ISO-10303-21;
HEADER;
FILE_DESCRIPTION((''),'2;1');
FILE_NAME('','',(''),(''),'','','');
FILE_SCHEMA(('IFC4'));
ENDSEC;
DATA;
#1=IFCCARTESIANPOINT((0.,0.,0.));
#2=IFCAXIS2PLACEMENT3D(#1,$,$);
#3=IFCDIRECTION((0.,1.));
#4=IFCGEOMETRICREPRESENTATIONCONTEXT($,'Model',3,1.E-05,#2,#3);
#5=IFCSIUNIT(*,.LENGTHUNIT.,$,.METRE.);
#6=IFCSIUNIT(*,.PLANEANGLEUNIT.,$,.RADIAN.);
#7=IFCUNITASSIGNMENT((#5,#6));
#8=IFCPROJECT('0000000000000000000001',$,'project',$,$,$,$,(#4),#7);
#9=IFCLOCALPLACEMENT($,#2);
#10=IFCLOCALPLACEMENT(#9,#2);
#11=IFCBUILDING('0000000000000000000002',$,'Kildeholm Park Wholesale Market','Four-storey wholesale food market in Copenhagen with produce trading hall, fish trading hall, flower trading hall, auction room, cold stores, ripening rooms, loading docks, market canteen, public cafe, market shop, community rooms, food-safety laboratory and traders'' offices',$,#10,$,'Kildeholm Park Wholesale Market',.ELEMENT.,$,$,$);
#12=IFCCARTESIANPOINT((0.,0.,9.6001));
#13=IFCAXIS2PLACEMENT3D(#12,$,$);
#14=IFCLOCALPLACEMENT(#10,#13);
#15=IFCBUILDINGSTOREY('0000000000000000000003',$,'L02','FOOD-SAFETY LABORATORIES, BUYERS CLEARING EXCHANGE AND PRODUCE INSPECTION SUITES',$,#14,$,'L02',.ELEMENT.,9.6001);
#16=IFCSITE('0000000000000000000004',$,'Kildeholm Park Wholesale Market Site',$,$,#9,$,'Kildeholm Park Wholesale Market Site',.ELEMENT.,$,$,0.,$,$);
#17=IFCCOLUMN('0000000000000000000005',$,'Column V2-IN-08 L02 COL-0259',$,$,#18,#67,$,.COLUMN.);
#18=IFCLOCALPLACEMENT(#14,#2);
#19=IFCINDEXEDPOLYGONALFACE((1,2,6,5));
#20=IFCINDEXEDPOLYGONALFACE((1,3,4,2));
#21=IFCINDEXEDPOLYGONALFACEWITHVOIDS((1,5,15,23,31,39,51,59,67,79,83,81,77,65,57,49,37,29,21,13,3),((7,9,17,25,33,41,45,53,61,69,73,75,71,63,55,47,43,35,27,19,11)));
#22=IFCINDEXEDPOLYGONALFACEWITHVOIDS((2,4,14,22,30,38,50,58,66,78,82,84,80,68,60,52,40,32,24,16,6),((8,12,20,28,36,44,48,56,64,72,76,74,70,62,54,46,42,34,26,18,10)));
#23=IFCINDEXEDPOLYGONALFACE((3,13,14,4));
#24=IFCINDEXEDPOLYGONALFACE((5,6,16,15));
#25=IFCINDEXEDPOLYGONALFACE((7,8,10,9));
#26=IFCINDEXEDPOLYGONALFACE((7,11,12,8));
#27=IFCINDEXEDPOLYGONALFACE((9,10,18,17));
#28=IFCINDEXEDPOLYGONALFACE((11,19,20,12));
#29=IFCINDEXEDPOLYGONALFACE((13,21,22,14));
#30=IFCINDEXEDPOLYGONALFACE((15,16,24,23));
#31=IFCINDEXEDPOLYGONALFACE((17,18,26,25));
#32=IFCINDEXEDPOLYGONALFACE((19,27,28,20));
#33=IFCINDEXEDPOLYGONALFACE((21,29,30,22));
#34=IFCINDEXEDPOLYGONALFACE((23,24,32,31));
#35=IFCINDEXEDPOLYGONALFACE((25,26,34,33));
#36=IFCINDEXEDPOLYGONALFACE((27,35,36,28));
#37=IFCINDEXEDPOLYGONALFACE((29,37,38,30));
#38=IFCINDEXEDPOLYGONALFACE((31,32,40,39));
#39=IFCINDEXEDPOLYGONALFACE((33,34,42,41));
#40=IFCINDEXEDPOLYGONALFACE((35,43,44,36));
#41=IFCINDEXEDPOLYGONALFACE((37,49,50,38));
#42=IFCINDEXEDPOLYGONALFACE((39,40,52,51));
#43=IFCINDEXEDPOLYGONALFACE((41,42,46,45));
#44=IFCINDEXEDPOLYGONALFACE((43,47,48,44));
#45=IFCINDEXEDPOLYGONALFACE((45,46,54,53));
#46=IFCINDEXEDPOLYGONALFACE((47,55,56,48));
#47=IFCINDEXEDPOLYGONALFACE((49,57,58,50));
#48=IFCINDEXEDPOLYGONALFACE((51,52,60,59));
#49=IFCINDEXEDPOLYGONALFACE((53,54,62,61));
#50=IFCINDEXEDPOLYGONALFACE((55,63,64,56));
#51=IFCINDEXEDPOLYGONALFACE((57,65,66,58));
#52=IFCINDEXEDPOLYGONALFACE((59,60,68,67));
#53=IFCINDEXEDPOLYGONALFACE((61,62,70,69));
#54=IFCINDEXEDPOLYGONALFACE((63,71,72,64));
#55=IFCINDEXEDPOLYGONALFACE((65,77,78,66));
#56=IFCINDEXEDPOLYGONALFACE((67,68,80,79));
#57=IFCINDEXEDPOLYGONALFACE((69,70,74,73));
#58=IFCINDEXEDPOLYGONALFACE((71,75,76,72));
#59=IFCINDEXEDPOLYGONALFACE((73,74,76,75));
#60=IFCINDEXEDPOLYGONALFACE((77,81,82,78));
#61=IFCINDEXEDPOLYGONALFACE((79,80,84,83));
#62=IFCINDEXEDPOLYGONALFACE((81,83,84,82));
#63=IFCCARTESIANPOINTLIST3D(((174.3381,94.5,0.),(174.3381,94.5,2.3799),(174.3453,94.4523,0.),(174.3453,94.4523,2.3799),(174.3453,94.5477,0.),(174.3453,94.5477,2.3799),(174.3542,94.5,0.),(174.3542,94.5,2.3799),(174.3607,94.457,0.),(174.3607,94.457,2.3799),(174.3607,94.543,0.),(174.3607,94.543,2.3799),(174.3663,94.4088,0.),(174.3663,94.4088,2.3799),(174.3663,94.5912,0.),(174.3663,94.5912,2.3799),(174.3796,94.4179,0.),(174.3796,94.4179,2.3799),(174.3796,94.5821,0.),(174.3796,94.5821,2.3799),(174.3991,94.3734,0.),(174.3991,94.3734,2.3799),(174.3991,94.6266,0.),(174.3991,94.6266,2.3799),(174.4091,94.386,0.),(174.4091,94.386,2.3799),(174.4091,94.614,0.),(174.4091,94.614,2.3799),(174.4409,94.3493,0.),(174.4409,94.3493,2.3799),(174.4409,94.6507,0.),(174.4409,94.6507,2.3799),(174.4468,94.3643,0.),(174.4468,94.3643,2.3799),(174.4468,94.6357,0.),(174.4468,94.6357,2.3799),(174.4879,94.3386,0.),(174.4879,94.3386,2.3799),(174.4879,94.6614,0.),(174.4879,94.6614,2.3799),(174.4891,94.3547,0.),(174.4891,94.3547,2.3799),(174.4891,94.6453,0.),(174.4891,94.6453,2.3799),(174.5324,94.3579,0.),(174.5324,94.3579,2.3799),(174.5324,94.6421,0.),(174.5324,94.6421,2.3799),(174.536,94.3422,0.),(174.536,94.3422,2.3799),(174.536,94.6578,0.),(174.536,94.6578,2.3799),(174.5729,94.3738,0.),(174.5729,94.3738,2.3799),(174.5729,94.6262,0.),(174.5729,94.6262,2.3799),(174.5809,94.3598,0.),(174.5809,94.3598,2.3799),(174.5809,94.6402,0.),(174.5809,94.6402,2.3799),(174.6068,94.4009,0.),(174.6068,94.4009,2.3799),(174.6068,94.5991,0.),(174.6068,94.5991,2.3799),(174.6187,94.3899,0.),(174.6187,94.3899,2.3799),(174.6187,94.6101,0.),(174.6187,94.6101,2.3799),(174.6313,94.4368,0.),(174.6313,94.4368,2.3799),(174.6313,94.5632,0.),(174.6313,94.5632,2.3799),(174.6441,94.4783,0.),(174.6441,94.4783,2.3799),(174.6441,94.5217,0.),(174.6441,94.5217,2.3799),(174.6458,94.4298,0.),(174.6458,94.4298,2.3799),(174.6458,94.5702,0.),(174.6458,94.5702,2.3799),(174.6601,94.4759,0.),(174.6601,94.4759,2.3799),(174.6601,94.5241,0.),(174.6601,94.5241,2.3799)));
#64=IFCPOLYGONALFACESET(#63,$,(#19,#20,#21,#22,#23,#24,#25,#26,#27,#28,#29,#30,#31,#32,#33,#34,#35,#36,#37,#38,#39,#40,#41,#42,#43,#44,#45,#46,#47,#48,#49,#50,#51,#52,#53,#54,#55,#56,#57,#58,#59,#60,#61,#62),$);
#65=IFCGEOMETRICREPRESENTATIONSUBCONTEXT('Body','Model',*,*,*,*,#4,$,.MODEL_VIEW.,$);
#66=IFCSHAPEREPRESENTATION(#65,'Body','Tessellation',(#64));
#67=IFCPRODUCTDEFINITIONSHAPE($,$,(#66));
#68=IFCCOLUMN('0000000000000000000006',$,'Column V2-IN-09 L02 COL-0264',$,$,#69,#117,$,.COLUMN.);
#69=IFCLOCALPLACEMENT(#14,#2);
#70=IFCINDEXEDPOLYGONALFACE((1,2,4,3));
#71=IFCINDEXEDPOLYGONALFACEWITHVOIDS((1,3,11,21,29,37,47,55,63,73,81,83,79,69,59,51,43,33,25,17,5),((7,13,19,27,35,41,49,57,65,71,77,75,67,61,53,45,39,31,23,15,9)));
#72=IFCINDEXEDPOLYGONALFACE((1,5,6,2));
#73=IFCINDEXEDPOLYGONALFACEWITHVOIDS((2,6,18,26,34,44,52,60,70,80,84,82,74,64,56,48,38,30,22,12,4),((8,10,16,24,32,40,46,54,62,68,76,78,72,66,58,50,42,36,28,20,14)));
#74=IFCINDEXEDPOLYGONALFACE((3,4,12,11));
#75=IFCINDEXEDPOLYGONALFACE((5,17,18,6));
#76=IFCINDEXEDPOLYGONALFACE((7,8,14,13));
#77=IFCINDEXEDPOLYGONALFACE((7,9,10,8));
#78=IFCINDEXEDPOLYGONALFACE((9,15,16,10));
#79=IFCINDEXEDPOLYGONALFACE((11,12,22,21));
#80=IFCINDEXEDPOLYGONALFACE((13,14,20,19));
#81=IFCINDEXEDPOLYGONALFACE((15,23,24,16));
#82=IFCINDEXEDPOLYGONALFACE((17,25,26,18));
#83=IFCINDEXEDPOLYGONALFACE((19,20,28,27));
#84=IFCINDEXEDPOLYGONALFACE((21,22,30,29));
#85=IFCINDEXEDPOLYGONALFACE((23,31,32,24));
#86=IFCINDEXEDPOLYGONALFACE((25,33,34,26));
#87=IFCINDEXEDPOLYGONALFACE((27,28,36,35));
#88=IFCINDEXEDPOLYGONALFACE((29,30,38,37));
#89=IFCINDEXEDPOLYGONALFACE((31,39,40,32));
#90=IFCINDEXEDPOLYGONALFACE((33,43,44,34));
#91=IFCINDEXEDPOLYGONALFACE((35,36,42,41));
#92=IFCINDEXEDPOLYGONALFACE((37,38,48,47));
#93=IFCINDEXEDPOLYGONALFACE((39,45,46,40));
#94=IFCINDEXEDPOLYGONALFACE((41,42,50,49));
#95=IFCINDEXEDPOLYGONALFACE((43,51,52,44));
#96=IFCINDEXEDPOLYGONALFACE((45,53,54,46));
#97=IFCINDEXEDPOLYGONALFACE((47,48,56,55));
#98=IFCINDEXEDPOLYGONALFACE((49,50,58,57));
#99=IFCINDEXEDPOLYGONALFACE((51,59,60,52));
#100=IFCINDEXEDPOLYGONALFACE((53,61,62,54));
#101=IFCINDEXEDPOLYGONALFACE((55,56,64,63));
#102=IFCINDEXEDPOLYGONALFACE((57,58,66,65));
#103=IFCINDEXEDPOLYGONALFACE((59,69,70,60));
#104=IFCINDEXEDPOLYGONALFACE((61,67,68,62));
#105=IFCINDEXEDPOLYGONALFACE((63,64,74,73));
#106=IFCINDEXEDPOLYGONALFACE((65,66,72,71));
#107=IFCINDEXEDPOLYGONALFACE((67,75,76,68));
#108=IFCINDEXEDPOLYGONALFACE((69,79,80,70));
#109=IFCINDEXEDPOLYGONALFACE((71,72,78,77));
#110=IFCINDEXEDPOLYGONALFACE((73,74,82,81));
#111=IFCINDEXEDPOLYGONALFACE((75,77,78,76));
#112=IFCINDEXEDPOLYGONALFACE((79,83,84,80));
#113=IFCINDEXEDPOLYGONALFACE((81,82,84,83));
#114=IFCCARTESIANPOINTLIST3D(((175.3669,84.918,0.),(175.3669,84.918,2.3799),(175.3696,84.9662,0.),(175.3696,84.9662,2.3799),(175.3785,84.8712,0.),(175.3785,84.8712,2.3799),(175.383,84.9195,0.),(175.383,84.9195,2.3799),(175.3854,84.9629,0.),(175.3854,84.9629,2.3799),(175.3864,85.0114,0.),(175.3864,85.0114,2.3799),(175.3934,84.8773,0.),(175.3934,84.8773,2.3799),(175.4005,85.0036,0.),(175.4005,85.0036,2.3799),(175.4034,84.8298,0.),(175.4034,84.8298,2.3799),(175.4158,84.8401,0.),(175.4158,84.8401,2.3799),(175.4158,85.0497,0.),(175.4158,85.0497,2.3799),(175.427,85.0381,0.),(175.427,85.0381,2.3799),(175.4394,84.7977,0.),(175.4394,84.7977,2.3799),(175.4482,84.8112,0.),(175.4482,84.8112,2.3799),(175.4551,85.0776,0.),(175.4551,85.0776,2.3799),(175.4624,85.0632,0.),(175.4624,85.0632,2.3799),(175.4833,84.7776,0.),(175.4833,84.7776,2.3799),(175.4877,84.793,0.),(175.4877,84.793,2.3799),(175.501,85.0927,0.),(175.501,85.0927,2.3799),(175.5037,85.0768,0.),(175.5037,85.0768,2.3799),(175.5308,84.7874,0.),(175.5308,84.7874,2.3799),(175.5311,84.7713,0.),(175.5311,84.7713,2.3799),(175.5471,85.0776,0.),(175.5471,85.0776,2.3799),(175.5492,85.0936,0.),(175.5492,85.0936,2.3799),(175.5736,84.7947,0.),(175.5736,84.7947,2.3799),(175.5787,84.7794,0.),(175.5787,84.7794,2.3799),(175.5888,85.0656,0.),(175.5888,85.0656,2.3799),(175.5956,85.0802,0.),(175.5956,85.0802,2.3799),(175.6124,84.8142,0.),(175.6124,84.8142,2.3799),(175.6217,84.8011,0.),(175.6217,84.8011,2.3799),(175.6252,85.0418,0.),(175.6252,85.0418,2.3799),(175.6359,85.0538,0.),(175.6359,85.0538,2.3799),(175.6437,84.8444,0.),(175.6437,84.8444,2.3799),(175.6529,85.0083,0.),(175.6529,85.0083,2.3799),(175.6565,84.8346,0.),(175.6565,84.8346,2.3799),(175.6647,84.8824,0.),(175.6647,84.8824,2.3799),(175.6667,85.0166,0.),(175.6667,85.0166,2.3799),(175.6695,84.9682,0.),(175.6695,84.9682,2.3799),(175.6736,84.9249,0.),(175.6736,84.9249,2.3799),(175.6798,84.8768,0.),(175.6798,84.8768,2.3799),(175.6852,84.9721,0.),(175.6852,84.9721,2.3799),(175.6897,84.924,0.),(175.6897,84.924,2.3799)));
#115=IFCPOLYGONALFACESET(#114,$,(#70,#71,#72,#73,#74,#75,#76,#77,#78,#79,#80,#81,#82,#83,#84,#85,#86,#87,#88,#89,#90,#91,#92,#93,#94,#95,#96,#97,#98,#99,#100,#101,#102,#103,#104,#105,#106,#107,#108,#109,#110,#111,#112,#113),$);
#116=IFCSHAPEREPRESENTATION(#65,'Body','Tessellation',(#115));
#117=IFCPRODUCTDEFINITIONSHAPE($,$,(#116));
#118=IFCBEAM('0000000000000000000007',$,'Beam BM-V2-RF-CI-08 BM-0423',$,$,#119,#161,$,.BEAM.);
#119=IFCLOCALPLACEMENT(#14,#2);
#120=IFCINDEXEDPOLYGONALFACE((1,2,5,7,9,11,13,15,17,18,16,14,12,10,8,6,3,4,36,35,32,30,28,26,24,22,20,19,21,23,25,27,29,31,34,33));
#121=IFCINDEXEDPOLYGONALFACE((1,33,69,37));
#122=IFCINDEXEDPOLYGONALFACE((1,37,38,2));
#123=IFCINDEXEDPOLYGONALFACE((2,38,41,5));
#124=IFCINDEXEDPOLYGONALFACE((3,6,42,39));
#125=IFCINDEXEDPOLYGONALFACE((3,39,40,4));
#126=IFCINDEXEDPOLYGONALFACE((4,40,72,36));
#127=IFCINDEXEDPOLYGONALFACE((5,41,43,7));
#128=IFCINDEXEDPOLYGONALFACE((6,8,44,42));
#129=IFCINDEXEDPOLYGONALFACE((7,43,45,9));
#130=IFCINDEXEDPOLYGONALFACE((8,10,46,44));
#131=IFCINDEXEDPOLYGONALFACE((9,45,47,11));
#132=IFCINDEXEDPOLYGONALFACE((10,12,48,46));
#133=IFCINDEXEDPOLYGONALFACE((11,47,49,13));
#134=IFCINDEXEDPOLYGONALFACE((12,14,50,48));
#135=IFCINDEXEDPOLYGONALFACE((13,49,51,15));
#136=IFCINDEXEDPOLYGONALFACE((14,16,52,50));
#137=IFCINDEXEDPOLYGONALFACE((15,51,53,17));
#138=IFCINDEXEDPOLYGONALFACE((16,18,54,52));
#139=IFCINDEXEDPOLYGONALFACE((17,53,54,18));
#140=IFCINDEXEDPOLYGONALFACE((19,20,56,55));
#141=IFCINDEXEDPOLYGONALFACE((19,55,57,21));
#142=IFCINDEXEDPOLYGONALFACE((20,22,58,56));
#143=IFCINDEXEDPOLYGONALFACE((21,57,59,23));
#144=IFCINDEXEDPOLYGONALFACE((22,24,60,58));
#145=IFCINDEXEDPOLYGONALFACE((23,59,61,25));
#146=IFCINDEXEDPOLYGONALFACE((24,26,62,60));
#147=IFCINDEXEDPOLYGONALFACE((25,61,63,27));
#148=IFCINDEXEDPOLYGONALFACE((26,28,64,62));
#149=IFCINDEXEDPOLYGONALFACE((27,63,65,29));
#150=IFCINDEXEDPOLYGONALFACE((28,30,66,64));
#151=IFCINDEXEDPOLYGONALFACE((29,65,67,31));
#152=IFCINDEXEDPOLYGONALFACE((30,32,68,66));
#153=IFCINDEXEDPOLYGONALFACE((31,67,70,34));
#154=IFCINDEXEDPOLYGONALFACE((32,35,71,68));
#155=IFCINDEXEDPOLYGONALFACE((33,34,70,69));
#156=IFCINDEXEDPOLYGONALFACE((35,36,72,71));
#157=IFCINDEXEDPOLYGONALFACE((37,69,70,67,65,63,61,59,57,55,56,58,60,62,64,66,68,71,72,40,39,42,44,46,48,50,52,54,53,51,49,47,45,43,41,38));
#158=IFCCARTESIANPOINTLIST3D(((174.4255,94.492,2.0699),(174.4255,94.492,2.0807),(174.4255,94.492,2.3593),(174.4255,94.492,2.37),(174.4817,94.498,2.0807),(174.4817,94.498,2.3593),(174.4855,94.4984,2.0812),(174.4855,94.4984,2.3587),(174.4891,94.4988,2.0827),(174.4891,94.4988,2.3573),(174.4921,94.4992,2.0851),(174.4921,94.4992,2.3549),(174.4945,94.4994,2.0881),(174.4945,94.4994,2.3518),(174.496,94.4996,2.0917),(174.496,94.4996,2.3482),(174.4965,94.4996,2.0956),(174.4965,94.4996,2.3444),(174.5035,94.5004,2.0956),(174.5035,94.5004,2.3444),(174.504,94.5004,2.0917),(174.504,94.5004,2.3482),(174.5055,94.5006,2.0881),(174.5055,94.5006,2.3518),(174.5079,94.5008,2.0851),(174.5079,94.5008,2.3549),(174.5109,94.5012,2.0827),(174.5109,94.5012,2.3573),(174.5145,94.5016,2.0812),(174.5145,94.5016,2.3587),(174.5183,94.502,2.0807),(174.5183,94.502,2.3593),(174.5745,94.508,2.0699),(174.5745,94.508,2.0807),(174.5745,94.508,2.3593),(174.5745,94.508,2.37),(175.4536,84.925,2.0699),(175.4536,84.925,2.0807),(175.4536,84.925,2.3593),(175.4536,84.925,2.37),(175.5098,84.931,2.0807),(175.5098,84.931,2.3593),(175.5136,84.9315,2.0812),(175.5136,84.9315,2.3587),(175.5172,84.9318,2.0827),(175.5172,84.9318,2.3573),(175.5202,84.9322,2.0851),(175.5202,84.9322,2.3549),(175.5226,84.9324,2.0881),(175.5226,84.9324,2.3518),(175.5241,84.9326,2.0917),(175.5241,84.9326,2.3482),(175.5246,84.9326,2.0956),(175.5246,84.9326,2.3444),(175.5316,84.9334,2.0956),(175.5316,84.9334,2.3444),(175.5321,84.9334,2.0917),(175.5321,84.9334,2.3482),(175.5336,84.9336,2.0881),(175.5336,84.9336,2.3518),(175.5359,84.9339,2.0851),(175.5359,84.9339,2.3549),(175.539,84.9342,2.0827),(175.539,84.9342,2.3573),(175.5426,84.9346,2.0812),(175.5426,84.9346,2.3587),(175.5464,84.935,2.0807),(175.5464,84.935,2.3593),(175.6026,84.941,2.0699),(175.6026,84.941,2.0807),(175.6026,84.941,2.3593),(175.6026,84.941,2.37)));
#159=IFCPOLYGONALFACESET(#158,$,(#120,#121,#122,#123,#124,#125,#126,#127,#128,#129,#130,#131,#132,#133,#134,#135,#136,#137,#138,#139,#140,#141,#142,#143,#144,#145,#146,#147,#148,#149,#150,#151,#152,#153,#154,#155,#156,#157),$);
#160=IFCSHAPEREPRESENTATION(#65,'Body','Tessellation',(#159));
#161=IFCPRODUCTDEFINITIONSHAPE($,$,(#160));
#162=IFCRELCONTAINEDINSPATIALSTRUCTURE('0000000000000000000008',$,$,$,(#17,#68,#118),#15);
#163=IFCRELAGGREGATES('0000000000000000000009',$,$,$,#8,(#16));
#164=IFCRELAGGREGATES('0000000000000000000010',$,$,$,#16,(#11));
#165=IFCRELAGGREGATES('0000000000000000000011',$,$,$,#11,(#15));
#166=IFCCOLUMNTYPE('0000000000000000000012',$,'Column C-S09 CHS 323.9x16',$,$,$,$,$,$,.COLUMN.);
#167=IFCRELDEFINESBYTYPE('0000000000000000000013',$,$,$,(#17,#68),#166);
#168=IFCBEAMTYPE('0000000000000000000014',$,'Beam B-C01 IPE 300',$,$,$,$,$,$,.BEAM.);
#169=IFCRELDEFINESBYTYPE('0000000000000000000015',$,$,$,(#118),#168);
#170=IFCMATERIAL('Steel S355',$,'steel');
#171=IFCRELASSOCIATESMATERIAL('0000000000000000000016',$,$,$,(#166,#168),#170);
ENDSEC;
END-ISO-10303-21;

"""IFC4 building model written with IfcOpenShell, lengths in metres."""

from ifc_helpers import new_model, si_unit, direction, frame, origin, origin_2d, place, context, subcontext, project, spatial, hollow_circle, i_section, extrude, material, material_profile, profile_set, type_object, element, save


model = new_model("IFC4")

# Units and contexts
model_context = context("Model", 3, precision=1e-05, world=origin(), true_north=direction((0.0, 1.0)))
body_context = subcontext(model_context, "Body", "Model", "MODEL_VIEW")
ifc_project = project(units=[si_unit("LENGTHUNIT", "METRE"), si_unit("PLANEANGLEUNIT", "RADIAN")], contexts=[model_context])

# Site, building, storey
site_placement = place(None, origin())
site = spatial("IfcSite", under=ifc_project, at=site_placement, Name="Kildeholm Park Wholesale Market Site", LongName="Kildeholm Park Wholesale Market Site", CompositionType="ELEMENT", RefElevation=0.0)
building_placement = place(site_placement, origin())
building = spatial("IfcBuilding", under=site, at=building_placement, Name="Kildeholm Park Wholesale Market", Description="Four-storey wholesale food market in Copenhagen with produce trading hall, fish trading hall, flower trading hall, auction room, cold stores, ripening rooms, loading docks, market canteen, public cafe, market shop, community rooms, food-safety laboratory and traders' offices", LongName="Kildeholm Park Wholesale Market", CompositionType="ELEMENT")
storey_placement = place(building_placement, frame((0.0, 0.0, 9.6001)))
storey = spatial("IfcBuildingStorey", under=building, at=storey_placement, Name="L02", Description="FOOD-SAFETY LABORATORIES, BUYERS CLEARING EXCHANGE AND PRODUCE INSPECTION SUITES", LongName="L02", CompositionType="ELEMENT", Elevation=9.6001)

# Columns
ifc_material_1 = material(Name="Steel S355", Category="steel")
ifc_material_profile_1 = material_profile(ifc_material_1, hollow_circle(Radius=0.1619, WallThickness=0.0161, at=origin_2d()), Name="CHS 323.9x16")
ifc_profile_set_1 = profile_set([ifc_material_profile_1], Name="Steel S355")
column_type = type_object("IfcColumnType", Name="Column C-S09 CHS 323.9x16", PredefinedType="COLUMN", material=ifc_profile_set_1)
for number, where, z_axis, x_axis, name in (
    (1, (174.5, 94.5, 0.0), (0.0, 0.0, 1.0), (-1.0, 0.0, 0.0), "Column V2-IN-08 L02 COL-0259"),
    (2, (175.5281, 84.9331, 0.0), (0.0, 0.0, 1.0), (-0.92388, -0.382683, 0.0), "Column V2-IN-09 L02 COL-0264"),
):
    element("IfcColumn", number, at=place(storey_placement, frame(where, z_axis=z_axis, x_axis=x_axis)), inside=storey, type_object=column_type, Name=name, PredefinedType="COLUMN", context=body_context, shape_type="SweptSolid", body=[
        extrude(hollow_circle(Radius=0.1619, WallThickness=0.0161, at=origin_2d()), origin(), (0.0, 0.0, 1.0), 2.3799),
    ])

# Beam
ifc_material_profile_2 = material_profile(ifc_material_1, i_section(OverallWidth=0.1499, OverallDepth=0.3, WebThickness=0.0071, FlangeThickness=0.0107, FilletRadius=0.0149, at=origin_2d()), Name="IPE 300")
ifc_profile_set_2 = profile_set([ifc_material_profile_2], Name="Steel S355")
beam_type_1 = type_object("IfcBeamType", Name="Beam B-C01 IPE 300", PredefinedType="BEAM", material=ifc_profile_set_2)
beam_1_placement = place(storey_placement, frame((174.5, 94.5, 2.22), z_axis=(0.106847, -0.994276, 0.0), x_axis=(0.994276, 0.106847, 0.0)))
element("IfcBeam", 3, at=beam_1_placement, inside=storey, type_object=beam_type_1, Name="Beam BM-V2-RF-CI-08 BM-0423", PredefinedType="BEAM", context=body_context, shape_type="SweptSolid", body=[
    extrude(i_section(OverallWidth=0.1499, OverallDepth=0.3, WebThickness=0.0071, FlangeThickness=0.0107, FilletRadius=0.0149, at=origin_2d()), origin(), (0.0, 0.0, 1.0), 9.6221),
])

save(model, "model.ifc")
